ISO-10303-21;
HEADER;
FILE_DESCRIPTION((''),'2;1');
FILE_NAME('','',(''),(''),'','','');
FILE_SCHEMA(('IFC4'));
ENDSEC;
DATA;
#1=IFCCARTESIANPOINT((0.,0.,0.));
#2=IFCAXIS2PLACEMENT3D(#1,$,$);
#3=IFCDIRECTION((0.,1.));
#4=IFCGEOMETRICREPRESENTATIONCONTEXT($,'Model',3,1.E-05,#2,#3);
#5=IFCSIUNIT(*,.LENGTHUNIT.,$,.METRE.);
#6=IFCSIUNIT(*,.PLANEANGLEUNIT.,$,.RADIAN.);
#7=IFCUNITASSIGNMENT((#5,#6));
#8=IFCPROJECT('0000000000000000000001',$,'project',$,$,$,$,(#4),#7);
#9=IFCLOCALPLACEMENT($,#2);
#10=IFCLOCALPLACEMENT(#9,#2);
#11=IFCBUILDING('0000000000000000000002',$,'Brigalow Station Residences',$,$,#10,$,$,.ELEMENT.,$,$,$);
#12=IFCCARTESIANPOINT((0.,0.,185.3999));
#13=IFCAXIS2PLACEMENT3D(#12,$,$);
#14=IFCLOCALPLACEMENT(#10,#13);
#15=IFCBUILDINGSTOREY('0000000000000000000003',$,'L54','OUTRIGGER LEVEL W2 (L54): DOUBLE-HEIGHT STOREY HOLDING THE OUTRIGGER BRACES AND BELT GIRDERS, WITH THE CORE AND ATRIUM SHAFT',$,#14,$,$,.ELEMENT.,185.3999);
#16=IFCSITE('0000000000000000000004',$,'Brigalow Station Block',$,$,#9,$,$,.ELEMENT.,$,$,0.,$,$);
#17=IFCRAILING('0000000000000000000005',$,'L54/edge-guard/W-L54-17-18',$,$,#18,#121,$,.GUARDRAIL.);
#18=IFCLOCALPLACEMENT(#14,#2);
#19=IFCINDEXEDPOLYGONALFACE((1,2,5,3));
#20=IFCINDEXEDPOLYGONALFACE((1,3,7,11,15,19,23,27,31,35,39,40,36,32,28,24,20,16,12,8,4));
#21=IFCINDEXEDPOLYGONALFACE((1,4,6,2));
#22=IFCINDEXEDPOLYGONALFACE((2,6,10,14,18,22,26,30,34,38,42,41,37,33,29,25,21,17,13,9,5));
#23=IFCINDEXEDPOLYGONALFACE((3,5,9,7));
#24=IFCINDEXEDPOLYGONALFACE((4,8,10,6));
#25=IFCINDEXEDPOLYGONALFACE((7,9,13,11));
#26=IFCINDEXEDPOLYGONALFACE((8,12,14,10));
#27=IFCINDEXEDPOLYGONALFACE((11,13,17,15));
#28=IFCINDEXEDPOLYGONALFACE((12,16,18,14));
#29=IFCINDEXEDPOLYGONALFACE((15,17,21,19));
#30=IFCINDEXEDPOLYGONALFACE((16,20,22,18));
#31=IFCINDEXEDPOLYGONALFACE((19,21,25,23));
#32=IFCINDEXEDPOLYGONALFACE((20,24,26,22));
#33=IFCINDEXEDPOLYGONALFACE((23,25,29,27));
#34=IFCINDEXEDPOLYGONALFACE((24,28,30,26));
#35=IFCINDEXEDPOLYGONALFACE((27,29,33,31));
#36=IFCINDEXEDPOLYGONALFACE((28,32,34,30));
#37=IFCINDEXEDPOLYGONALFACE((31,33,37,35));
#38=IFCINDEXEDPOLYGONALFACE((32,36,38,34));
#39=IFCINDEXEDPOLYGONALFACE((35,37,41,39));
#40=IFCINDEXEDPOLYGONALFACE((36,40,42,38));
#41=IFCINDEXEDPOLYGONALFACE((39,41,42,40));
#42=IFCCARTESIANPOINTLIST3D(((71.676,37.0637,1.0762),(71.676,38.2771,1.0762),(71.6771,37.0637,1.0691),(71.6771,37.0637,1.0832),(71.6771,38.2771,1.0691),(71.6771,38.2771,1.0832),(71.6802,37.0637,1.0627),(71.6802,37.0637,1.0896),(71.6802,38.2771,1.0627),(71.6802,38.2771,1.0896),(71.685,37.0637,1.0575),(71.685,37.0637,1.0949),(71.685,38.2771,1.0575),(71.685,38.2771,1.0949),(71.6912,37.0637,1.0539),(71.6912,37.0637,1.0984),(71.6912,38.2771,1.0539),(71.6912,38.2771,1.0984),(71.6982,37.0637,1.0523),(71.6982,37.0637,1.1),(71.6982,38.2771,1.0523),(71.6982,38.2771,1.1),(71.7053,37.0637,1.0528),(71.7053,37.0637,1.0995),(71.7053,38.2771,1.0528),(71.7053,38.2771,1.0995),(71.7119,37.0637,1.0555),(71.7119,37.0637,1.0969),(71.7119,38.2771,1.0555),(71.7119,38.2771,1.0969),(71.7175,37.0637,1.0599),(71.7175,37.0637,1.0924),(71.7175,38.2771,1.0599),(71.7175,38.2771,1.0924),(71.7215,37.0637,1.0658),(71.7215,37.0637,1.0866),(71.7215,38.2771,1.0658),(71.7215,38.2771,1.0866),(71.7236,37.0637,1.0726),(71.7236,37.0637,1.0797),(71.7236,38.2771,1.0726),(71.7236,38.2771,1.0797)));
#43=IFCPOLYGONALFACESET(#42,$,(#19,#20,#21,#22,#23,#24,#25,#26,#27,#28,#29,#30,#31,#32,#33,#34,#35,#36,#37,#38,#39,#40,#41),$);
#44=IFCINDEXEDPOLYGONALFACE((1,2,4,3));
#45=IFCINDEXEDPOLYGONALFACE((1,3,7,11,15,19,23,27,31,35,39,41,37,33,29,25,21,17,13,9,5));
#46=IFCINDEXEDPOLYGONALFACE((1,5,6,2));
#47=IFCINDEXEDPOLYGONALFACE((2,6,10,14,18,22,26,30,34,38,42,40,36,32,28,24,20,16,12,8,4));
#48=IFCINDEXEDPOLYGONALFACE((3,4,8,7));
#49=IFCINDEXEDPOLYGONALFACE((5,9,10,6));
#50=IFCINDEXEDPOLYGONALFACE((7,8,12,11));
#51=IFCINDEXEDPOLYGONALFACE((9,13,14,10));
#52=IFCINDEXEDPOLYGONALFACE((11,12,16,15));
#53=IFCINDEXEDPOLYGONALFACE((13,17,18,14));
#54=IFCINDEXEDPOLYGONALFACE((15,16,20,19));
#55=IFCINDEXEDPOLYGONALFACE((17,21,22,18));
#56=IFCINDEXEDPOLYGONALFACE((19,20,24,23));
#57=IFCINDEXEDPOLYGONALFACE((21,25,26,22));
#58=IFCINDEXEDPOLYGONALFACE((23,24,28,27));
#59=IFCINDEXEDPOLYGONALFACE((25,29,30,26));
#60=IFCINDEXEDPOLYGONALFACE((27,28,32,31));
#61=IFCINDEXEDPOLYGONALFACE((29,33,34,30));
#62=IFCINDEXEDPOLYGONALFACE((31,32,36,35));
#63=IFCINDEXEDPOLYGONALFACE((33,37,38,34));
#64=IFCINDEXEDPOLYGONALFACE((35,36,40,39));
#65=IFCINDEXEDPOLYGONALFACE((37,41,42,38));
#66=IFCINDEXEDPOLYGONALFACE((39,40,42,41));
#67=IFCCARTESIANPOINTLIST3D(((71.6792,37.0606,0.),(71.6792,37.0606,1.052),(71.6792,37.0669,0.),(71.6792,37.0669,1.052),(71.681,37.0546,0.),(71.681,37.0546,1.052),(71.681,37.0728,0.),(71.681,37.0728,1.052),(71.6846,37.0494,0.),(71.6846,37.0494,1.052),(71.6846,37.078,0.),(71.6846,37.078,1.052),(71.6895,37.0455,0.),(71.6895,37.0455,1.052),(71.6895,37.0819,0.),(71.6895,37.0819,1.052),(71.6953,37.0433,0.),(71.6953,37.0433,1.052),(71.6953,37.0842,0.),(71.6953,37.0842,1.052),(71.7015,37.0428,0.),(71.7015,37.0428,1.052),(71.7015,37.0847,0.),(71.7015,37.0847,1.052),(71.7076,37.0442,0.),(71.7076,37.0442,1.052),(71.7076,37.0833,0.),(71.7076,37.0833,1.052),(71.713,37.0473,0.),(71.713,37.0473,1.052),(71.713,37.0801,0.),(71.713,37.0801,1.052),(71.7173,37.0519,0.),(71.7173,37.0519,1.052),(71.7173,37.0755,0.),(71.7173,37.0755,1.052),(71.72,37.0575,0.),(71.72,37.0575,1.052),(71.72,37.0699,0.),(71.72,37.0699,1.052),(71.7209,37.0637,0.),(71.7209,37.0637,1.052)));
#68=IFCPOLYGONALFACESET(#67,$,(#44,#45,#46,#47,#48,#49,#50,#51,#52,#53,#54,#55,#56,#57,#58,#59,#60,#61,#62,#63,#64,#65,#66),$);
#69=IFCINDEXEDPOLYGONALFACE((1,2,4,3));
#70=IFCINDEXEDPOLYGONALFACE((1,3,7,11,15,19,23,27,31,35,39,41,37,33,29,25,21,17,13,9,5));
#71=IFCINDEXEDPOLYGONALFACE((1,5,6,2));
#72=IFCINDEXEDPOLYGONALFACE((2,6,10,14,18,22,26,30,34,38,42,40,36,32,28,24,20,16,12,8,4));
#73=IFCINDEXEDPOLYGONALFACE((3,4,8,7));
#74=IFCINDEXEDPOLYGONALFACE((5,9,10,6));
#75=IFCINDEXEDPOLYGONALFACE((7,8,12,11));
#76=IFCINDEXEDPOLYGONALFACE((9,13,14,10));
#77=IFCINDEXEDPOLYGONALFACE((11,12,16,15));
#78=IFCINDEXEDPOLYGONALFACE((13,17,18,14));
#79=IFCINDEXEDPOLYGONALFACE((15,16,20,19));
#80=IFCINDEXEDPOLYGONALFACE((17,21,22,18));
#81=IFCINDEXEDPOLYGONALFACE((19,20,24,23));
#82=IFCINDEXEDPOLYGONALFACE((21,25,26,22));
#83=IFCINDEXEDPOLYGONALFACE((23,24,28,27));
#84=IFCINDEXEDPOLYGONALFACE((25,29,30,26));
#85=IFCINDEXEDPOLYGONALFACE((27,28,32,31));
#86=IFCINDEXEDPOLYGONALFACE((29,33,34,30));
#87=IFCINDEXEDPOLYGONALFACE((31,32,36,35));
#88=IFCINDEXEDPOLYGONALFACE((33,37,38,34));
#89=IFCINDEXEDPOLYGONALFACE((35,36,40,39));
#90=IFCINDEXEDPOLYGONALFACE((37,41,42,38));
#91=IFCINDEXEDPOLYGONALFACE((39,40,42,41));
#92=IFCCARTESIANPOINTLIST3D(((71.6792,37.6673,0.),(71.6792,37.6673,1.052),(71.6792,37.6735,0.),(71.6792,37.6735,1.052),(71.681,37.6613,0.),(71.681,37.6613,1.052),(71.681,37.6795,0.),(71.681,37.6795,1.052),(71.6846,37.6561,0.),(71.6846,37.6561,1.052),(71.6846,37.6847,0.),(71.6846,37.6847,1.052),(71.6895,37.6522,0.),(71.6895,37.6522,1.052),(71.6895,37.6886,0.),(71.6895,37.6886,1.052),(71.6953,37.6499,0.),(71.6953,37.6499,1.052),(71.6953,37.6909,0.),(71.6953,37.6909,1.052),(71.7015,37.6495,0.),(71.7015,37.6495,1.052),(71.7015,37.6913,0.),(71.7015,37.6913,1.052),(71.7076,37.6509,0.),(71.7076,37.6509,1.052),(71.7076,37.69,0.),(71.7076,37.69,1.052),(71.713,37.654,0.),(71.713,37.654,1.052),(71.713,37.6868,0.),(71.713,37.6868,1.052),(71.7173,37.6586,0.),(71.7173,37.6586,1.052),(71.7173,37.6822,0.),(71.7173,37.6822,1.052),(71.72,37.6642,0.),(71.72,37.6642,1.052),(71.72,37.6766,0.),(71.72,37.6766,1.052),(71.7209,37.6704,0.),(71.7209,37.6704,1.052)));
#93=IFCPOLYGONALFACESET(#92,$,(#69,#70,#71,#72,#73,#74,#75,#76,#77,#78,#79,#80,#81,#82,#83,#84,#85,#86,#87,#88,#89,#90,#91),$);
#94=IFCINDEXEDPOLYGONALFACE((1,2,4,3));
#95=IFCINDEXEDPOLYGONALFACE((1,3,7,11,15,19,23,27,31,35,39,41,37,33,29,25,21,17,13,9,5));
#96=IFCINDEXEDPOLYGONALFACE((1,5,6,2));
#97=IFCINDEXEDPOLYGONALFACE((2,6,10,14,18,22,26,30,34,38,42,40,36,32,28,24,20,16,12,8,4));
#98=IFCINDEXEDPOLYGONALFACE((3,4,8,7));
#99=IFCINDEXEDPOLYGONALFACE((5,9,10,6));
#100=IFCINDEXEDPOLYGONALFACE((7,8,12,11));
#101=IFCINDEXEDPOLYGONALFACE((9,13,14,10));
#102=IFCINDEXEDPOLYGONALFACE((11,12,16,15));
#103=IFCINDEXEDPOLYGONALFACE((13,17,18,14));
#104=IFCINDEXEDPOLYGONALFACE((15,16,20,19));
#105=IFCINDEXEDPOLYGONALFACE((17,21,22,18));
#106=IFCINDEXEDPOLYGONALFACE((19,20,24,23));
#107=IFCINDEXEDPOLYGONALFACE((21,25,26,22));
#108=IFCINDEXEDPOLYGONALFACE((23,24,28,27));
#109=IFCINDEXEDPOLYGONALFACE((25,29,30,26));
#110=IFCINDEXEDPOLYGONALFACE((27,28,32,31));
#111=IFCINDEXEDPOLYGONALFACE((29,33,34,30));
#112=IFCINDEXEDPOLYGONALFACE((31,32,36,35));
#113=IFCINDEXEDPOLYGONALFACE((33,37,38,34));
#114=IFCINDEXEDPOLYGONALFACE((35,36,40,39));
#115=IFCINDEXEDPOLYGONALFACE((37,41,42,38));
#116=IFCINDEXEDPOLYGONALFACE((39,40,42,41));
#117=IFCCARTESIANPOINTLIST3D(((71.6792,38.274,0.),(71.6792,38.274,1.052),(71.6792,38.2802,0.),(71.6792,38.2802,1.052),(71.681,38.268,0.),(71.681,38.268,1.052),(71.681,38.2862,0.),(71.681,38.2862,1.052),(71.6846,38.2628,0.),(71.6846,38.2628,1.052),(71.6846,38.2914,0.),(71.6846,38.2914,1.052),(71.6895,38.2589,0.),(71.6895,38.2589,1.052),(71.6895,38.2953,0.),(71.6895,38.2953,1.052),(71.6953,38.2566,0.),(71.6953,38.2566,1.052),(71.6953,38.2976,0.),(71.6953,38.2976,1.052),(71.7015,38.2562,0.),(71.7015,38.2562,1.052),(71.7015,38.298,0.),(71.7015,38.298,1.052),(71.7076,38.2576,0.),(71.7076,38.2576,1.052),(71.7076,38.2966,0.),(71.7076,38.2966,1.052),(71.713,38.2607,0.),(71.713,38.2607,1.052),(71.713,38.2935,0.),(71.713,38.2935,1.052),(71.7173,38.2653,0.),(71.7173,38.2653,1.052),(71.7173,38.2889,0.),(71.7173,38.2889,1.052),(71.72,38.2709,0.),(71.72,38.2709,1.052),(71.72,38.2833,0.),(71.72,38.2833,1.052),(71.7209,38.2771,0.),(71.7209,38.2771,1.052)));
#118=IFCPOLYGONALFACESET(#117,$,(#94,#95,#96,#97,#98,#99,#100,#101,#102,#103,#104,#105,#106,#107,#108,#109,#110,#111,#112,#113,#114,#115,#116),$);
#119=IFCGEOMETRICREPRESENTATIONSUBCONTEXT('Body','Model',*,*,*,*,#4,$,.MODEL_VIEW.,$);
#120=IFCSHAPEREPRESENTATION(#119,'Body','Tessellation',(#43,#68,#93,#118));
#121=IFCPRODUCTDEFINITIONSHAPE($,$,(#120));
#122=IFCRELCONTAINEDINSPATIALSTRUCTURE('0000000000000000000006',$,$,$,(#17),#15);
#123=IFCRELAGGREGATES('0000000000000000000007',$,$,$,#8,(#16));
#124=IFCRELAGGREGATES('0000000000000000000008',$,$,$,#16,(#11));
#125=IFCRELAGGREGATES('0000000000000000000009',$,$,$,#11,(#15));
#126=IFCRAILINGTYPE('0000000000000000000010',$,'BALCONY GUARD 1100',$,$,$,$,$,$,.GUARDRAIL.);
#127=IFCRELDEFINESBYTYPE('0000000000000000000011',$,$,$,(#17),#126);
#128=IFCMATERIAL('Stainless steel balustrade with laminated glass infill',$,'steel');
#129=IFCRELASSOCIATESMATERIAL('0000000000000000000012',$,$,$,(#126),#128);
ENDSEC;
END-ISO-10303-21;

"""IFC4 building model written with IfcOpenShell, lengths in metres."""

from ifc_helpers import new_model, si_unit, direction, frame, origin, origin_2d, place, context, subcontext, project, spatial, circle, extrude, material, type_object, element, save


model = new_model("IFC4")

# Units and contexts
model_context = context("Model", 3, precision=1e-05, world=origin(), true_north=direction((0.0, 1.0)))
body_context = subcontext(model_context, "Body", "Model", "MODEL_VIEW")
ifc_project = project(units=[si_unit("LENGTHUNIT", "METRE"), si_unit("PLANEANGLEUNIT", "RADIAN")], contexts=[model_context])

# Site, building, storey
site_placement = place(None, origin())
site = spatial("IfcSite", under=ifc_project, at=site_placement, Name="Brigalow Station Block", CompositionType="ELEMENT", RefElevation=0.0)
building_placement = place(site_placement, origin())
building = spatial("IfcBuilding", under=site, at=building_placement, Name="Brigalow Station Residences", CompositionType="ELEMENT")
storey_placement = place(building_placement, frame((0.0, 0.0, 185.3999)))
storey = spatial("IfcBuildingStorey", under=building, at=storey_placement, Name="L54", Description="OUTRIGGER LEVEL W2 (L54): DOUBLE-HEIGHT STOREY HOLDING THE OUTRIGGER BRACES AND BELT GIRDERS, WITH THE CORE AND ATRIUM SHAFT", CompositionType="ELEMENT", Elevation=185.3999)

# Railing
ifc_material_1 = material(Name="Stainless steel balustrade with laminated glass infill", Category="steel")
railing_type_1 = type_object("IfcRailingType", Name="BALCONY GUARD 1100", PredefinedType="GUARDRAIL", material=ifc_material_1)
railing_1_placement = place(storey_placement, frame((71.7, 37.0637, 0.0)))
element("IfcRailing", 1, at=railing_1_placement, inside=storey, type_object=railing_type_1, Name="L54/edge-guard/W-L54-17-18", PredefinedType="GUARDRAIL", context=body_context, shape_type="SweptSolid", body=[
    extrude(circle(Radius=0.0239, at=origin_2d()), frame((0.0, 0.0, 1.0762), z_axis=(0.0, 1.0, 0.0), x_axis=(-1.0, 0.0, 0.0)), (0.0, 0.0, 1.0), 1.2134),
    extrude(circle(Radius=0.021, at=origin_2d()), origin(), (0.0, 0.0, 1.0), 1.052),
    extrude(circle(Radius=0.021, at=origin_2d()), frame((0.0, 0.6067, 0.0)), (0.0, 0.0, 1.0), 1.052),
    extrude(circle(Radius=0.021, at=origin_2d()), frame((0.0, 1.2134, 0.0)), (0.0, 0.0, 1.0), 1.052),
])

save(model, "model.ifc")
